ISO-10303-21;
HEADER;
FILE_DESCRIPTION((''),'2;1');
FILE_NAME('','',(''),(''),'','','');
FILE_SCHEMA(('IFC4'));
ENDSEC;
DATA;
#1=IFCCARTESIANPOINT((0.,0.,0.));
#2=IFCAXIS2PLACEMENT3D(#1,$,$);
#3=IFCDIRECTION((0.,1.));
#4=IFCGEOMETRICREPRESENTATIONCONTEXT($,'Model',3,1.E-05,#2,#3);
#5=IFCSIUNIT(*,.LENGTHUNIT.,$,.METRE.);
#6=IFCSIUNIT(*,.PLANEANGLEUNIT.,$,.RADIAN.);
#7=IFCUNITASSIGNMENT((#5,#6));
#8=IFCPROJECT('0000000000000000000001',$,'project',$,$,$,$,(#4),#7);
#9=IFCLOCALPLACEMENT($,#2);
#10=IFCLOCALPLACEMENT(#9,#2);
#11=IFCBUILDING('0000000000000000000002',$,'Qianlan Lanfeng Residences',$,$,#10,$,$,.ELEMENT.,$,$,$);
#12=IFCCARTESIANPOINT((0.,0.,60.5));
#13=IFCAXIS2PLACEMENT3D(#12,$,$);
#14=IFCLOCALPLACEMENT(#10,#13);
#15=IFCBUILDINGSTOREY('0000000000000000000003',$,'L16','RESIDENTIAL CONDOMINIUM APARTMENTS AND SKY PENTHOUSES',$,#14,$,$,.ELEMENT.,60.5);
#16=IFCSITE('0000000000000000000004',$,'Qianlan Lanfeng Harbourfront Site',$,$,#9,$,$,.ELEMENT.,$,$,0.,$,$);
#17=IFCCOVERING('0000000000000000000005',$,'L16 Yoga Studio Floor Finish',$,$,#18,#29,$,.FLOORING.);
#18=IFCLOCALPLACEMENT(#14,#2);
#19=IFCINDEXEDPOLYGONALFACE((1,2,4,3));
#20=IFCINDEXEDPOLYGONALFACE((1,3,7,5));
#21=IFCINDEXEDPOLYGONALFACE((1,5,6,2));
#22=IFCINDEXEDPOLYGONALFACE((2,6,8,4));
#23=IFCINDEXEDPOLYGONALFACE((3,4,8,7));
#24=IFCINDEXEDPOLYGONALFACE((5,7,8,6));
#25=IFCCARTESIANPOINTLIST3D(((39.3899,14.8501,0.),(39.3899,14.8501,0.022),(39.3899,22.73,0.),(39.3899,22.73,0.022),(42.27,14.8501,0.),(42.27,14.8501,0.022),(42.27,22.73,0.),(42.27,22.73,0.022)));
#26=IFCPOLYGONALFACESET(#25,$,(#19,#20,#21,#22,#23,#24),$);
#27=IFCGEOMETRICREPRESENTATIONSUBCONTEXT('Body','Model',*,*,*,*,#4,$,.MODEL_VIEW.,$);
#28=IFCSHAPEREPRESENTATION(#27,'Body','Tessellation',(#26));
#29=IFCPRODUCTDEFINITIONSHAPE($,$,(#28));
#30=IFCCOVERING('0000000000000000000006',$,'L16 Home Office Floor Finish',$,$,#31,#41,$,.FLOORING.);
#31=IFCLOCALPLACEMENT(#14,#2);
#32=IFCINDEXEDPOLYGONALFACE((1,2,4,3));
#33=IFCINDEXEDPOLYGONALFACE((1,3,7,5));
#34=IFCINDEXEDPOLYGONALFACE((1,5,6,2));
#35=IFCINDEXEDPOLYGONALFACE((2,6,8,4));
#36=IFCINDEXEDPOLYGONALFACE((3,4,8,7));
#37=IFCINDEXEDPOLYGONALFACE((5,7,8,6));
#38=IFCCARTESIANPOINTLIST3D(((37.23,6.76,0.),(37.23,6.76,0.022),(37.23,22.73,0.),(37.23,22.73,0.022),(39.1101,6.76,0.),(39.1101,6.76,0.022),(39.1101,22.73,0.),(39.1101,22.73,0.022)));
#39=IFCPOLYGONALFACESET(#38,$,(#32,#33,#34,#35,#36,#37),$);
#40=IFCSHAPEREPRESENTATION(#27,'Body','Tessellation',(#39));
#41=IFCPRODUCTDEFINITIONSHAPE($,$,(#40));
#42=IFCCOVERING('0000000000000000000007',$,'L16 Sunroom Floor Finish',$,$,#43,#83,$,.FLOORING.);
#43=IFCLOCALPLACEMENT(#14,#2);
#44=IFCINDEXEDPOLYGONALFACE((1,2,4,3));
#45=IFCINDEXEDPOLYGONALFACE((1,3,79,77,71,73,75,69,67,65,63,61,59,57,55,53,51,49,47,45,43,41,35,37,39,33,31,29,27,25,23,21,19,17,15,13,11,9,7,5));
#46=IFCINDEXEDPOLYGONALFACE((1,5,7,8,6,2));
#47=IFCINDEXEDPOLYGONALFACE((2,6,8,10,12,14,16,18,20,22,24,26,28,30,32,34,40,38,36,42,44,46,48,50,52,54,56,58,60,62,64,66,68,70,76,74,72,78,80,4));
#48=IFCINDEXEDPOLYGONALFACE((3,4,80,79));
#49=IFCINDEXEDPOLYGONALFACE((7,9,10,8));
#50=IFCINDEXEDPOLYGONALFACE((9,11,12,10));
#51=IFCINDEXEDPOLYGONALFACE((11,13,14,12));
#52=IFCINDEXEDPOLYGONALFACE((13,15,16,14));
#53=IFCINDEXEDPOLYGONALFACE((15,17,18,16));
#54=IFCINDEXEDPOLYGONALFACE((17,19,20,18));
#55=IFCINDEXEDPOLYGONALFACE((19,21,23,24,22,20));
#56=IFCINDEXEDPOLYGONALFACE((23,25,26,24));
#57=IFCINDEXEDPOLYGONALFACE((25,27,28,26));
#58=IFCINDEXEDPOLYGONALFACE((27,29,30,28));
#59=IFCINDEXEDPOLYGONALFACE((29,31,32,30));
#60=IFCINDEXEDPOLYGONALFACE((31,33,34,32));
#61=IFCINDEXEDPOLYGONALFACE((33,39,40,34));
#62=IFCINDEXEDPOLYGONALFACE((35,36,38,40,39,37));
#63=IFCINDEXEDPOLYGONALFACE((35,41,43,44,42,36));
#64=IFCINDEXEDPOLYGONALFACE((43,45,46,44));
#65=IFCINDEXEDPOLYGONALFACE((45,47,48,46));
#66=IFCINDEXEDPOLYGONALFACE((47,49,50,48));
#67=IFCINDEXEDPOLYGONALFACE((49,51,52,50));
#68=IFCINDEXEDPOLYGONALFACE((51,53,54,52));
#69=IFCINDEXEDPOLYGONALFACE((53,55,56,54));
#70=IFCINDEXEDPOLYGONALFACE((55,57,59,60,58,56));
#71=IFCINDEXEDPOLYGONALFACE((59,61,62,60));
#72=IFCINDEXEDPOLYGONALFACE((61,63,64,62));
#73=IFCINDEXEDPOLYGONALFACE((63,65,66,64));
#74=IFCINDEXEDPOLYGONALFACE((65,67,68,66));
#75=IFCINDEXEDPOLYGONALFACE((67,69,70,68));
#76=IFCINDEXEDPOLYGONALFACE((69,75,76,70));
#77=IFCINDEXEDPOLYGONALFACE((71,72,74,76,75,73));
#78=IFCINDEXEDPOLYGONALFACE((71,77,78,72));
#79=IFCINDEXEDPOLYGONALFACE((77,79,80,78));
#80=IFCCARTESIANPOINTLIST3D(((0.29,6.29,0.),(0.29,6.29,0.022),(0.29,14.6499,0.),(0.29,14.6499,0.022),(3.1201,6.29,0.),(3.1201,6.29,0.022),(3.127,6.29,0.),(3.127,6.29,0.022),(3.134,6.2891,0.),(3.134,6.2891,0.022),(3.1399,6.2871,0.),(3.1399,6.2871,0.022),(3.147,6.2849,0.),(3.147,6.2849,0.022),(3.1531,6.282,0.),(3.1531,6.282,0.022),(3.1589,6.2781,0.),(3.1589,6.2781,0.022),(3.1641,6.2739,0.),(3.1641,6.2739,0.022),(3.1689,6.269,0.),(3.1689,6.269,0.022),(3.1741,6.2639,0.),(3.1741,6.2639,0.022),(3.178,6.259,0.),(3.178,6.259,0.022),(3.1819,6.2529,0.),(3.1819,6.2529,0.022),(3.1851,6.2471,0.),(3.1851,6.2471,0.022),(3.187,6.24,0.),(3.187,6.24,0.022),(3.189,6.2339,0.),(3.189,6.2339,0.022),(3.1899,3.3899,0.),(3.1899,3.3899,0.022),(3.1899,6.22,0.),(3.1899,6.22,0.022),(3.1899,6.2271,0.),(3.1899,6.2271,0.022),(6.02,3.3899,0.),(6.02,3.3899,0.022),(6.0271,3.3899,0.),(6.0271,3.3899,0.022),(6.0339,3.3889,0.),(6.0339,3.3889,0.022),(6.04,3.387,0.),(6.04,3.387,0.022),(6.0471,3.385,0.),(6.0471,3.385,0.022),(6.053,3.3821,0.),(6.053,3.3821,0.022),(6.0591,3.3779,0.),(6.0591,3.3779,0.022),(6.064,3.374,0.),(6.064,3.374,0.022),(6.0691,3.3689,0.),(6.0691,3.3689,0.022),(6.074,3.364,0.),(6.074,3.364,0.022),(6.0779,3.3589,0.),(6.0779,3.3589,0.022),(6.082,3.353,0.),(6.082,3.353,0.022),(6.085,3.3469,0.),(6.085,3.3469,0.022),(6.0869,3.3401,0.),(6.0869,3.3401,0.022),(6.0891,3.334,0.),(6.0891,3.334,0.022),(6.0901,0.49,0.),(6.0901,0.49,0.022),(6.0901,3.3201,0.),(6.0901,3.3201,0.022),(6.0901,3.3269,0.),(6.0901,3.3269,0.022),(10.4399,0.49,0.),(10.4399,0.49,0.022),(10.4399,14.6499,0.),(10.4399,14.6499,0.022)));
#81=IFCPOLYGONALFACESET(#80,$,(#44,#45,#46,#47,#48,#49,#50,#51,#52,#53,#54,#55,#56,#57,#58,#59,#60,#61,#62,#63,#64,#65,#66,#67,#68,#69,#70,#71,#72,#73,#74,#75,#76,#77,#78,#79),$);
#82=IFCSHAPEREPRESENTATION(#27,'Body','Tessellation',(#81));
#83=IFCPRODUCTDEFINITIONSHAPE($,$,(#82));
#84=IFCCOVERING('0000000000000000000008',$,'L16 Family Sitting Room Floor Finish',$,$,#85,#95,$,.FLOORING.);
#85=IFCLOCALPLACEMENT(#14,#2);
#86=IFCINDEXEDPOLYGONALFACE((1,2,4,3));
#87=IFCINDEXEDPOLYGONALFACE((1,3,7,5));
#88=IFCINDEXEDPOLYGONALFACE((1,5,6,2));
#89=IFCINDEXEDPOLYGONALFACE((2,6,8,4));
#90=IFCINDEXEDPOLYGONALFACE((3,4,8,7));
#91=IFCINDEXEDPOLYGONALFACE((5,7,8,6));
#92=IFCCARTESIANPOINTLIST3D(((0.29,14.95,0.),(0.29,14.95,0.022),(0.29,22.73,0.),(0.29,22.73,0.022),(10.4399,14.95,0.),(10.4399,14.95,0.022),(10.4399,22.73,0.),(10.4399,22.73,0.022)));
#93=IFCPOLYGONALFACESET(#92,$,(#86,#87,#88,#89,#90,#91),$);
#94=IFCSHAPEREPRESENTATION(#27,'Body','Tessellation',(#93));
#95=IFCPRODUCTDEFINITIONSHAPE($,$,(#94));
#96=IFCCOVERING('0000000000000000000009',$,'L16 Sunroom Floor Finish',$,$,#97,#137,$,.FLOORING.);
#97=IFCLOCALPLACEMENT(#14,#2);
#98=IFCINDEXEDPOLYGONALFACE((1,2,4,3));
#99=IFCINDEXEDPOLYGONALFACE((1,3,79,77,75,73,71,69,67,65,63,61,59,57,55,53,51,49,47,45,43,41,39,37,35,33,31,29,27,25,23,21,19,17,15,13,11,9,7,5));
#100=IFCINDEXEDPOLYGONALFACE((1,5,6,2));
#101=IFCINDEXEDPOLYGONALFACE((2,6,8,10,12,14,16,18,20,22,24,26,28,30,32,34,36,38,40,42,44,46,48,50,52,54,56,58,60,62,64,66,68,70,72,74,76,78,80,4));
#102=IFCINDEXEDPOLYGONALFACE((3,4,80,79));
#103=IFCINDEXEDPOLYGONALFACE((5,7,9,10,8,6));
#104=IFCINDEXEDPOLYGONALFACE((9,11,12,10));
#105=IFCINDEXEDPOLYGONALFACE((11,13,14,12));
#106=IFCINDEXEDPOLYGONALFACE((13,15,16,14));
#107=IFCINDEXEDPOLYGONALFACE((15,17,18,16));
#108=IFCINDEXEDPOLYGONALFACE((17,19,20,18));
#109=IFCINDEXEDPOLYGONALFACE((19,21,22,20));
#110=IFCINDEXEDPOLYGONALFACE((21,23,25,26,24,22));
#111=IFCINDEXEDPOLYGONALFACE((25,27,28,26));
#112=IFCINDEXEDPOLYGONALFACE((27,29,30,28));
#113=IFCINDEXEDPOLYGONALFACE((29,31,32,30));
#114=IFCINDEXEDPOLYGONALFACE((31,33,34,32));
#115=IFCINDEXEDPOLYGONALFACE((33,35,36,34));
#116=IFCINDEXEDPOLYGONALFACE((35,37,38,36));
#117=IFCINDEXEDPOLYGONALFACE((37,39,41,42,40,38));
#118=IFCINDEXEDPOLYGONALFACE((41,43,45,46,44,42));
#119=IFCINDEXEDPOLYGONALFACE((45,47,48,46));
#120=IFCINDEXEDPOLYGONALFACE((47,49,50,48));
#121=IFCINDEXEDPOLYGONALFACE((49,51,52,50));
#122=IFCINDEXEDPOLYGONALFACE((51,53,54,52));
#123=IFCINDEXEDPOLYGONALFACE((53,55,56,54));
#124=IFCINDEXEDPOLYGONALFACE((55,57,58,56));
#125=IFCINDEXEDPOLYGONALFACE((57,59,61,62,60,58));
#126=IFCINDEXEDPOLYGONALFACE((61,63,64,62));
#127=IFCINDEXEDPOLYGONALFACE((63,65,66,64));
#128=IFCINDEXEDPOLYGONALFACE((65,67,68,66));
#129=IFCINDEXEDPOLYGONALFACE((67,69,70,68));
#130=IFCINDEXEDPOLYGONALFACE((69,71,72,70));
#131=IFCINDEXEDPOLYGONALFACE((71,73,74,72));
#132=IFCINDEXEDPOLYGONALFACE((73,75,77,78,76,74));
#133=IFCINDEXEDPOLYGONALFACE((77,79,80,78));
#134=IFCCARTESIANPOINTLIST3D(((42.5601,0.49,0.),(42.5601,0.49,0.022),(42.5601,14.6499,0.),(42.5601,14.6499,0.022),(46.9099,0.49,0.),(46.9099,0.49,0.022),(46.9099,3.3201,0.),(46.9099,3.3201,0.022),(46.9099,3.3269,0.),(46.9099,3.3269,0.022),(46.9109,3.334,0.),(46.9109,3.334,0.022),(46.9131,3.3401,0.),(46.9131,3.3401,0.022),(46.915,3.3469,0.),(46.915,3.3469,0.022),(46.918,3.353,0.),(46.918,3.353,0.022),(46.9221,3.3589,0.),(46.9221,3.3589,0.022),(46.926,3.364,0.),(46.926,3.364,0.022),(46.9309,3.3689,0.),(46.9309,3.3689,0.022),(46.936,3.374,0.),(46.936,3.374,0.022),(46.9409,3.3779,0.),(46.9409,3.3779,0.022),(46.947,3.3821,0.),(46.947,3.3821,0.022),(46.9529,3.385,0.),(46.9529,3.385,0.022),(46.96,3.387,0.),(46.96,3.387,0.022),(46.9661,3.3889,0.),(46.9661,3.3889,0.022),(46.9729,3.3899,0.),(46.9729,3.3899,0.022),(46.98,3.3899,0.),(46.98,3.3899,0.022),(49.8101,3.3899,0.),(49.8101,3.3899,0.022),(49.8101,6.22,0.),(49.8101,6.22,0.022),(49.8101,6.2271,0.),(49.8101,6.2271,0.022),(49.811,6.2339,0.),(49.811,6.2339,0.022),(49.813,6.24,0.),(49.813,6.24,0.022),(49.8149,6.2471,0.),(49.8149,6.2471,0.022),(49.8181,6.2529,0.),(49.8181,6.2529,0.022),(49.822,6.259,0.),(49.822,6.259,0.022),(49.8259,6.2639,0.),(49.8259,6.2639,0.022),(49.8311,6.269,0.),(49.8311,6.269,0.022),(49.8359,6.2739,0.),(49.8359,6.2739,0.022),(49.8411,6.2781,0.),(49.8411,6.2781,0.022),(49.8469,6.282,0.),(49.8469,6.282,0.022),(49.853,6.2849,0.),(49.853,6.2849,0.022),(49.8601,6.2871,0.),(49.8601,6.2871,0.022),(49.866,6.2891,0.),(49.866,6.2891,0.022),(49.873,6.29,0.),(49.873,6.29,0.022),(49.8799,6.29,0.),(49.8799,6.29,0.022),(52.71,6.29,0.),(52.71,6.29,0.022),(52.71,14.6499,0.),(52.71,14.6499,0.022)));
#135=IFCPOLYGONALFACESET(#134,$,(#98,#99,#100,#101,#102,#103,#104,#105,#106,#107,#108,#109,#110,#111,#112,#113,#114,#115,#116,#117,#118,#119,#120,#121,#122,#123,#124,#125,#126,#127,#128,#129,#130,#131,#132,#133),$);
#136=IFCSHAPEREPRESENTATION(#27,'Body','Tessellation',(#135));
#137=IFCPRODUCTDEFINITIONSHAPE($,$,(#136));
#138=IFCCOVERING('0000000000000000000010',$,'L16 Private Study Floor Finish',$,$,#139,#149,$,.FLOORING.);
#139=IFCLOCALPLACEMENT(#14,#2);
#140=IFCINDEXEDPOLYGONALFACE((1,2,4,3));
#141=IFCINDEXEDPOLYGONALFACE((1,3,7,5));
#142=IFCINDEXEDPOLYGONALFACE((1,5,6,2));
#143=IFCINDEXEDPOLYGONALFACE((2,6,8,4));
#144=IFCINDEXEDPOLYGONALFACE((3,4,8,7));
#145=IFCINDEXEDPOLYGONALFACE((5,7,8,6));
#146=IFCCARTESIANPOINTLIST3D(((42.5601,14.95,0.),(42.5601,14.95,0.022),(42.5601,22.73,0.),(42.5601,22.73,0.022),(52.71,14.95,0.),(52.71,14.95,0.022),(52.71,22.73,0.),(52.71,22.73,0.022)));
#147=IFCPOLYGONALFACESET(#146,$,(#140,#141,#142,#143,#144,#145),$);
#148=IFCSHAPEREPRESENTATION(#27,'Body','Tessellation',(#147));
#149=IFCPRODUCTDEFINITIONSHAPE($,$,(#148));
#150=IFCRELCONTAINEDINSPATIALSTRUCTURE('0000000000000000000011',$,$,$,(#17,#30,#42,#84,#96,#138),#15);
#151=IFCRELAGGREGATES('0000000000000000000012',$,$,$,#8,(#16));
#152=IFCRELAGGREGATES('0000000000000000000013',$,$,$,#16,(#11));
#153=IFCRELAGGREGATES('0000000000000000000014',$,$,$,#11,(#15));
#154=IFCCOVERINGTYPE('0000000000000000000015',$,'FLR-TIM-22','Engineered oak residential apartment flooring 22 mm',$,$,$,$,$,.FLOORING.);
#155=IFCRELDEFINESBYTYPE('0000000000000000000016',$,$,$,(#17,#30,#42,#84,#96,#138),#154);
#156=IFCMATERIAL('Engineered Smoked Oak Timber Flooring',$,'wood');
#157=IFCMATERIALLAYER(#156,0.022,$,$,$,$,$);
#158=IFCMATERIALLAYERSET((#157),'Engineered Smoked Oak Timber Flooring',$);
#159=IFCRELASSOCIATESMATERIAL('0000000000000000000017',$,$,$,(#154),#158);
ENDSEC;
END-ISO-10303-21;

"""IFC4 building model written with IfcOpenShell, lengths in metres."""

from ifc_helpers import new_model, si_unit, direction, frame, origin, place, context, subcontext, project, spatial, polyline, outline, extrude, material, layer, layer_set, type_object, element, save


model = new_model("IFC4")

# Units and contexts
model_context = context("Model", 3, precision=1e-05, world=origin(), true_north=direction((0.0, 1.0)))
body_context = subcontext(model_context, "Body", "Model", "MODEL_VIEW")
ifc_project = project(units=[si_unit("LENGTHUNIT", "METRE"), si_unit("PLANEANGLEUNIT", "RADIAN")], contexts=[model_context])

# Site, building, storey
site_placement = place(None, origin())
site = spatial("IfcSite", under=ifc_project, at=site_placement, Name="Qianlan Lanfeng Harbourfront Site", CompositionType="ELEMENT", RefElevation=0.0)
building_placement = place(site_placement, origin())
building = spatial("IfcBuilding", under=site, at=building_placement, Name="Qianlan Lanfeng Residences", CompositionType="ELEMENT")
storey_placement = place(building_placement, frame((0.0, 0.0, 60.5)))
storey = spatial("IfcBuildingStorey", under=building, at=storey_placement, Name="L16", Description="RESIDENTIAL CONDOMINIUM APARTMENTS AND SKY PENTHOUSES", CompositionType="ELEMENT", Elevation=60.5)

# Coverings
ifc_material_1 = material(Name="Engineered Smoked Oak Timber Flooring", Category="wood")
ifc_layer = layer(ifc_material_1, 0.022)
ifc_layer_set = layer_set([ifc_layer], Name="Engineered Smoked Oak Timber Flooring")
covering_type = type_object("IfcCoveringType", Name="FLR-TIM-22", Description="Engineered oak residential apartment flooring 22 mm", PredefinedType="FLOORING", material=ifc_layer_set)
covering_1_placement = place(storey_placement, origin())
element("IfcCovering", 1, at=covering_1_placement, inside=storey, type_object=covering_type, Name="L16 Yoga Studio Floor Finish", PredefinedType="FLOORING", context=body_context, shape_type="SweptSolid", body=[
    extrude(outline(polyline([(39.3899, 14.8501), (42.27, 14.8501), (42.27, 22.73), (39.3899, 22.73), (39.3899, 14.8501)])), origin(), (0.0, 0.0, 1.0), 0.022),
])
covering_2_placement = place(storey_placement, origin())
element("IfcCovering", 2, at=covering_2_placement, inside=storey, type_object=covering_type, Name="L16 Home Office Floor Finish", PredefinedType="FLOORING", context=body_context, shape_type="SweptSolid", body=[
    extrude(outline(polyline([(37.23, 6.76), (39.1101, 6.76), (39.1101, 22.73), (37.23, 22.73), (37.23, 6.76)])), origin(), (0.0, 0.0, 1.0), 0.022),
])
covering_3_placement = place(storey_placement, origin())
element("IfcCovering", 3, at=covering_3_placement, inside=storey, type_object=covering_type, Name="L16 Sunroom Floor Finish", PredefinedType="FLOORING", context=body_context, shape_type="SweptSolid", body=[
    extrude(outline(polyline([(10.4399, 14.6499), (0.29, 14.6499), (0.29, 6.29), (3.1201, 6.29), (3.127, 6.29), (3.134, 6.2891), (3.1399, 6.2871), (3.147, 6.2849), (3.1531, 6.282), (3.1589, 6.2781), (3.1641, 6.2739), (3.1689, 6.269), (3.1741, 6.2639), (3.178, 6.259), (3.1819, 6.2529), (3.1851, 6.2471), (3.187, 6.24), (3.189, 6.2339), (3.1899, 6.2271), (3.1899, 6.22), (3.1899, 3.3899), (6.02, 3.3899), (6.0271, 3.3899), (6.0339, 3.3889), (6.04, 3.387), (6.0471, 3.385), (6.053, 3.3821), (6.0591, 3.3779), (6.064, 3.374), (6.0691, 3.3689), (6.074, 3.364), (6.0779, 3.3589), (6.082, 3.353), (6.085, 3.3469), (6.0869, 3.3401), (6.0891, 3.334), (6.0901, 3.3269), (6.0901, 3.3201), (6.0901, 0.49), (10.4399, 0.49), (10.4399, 14.6499)])), origin(), (0.0, 0.0, 1.0), 0.022),
])
covering_4_placement = place(storey_placement, origin())
element("IfcCovering", 4, at=covering_4_placement, inside=storey, type_object=covering_type, Name="L16 Family Sitting Room Floor Finish", PredefinedType="FLOORING", context=body_context, shape_type="SweptSolid", body=[
    extrude(outline(polyline([(10.4399, 22.73), (0.29, 22.73), (0.29, 14.95), (10.4399, 14.95), (10.4399, 22.73)])), origin(), (0.0, 0.0, 1.0), 0.022),
])
covering_5_placement = place(storey_placement, origin())
element("IfcCovering", 5, at=covering_5_placement, inside=storey, type_object=covering_type, Name="L16 Sunroom Floor Finish", PredefinedType="FLOORING", context=body_context, shape_type="SweptSolid", body=[
    extrude(outline(polyline([(52.71, 14.6499), (42.5601, 14.6499), (42.5601, 0.49), (46.9099, 0.49), (46.9099, 3.3201), (46.9099, 3.3269), (46.9109, 3.334), (46.9131, 3.3401), (46.915, 3.3469), (46.918, 3.353), (46.9221, 3.3589), (46.926, 3.364), (46.9309, 3.3689), (46.936, 3.374), (46.9409, 3.3779), (46.947, 3.3821), (46.9529, 3.385), (46.96, 3.387), (46.9661, 3.3889), (46.9729, 3.3899), (46.98, 3.3899), (49.8101, 3.3899), (49.8101, 6.22), (49.8101, 6.2271), (49.811, 6.2339), (49.813, 6.24), (49.8149, 6.2471), (49.8181, 6.2529), (49.822, 6.259), (49.8259, 6.2639), (49.8311, 6.269), (49.8359, 6.2739), (49.8411, 6.2781), (49.8469, 6.282), (49.853, 6.2849), (49.8601, 6.2871), (49.866, 6.2891), (49.873, 6.29), (49.8799, 6.29), (52.71, 6.29), (52.71, 14.6499)])), origin(), (0.0, 0.0, 1.0), 0.022),
])
covering_6_placement = place(storey_placement, origin())
element("IfcCovering", 6, at=covering_6_placement, inside=storey, type_object=covering_type, Name="L16 Private Study Floor Finish", PredefinedType="FLOORING", context=body_context, shape_type="SweptSolid", body=[
    extrude(outline(polyline([(52.71, 22.73), (42.5601, 22.73), (42.5601, 14.95), (52.71, 14.95), (52.71, 22.73)])), origin(), (0.0, 0.0, 1.0), 0.022),
])

save(model, "model.ifc")
